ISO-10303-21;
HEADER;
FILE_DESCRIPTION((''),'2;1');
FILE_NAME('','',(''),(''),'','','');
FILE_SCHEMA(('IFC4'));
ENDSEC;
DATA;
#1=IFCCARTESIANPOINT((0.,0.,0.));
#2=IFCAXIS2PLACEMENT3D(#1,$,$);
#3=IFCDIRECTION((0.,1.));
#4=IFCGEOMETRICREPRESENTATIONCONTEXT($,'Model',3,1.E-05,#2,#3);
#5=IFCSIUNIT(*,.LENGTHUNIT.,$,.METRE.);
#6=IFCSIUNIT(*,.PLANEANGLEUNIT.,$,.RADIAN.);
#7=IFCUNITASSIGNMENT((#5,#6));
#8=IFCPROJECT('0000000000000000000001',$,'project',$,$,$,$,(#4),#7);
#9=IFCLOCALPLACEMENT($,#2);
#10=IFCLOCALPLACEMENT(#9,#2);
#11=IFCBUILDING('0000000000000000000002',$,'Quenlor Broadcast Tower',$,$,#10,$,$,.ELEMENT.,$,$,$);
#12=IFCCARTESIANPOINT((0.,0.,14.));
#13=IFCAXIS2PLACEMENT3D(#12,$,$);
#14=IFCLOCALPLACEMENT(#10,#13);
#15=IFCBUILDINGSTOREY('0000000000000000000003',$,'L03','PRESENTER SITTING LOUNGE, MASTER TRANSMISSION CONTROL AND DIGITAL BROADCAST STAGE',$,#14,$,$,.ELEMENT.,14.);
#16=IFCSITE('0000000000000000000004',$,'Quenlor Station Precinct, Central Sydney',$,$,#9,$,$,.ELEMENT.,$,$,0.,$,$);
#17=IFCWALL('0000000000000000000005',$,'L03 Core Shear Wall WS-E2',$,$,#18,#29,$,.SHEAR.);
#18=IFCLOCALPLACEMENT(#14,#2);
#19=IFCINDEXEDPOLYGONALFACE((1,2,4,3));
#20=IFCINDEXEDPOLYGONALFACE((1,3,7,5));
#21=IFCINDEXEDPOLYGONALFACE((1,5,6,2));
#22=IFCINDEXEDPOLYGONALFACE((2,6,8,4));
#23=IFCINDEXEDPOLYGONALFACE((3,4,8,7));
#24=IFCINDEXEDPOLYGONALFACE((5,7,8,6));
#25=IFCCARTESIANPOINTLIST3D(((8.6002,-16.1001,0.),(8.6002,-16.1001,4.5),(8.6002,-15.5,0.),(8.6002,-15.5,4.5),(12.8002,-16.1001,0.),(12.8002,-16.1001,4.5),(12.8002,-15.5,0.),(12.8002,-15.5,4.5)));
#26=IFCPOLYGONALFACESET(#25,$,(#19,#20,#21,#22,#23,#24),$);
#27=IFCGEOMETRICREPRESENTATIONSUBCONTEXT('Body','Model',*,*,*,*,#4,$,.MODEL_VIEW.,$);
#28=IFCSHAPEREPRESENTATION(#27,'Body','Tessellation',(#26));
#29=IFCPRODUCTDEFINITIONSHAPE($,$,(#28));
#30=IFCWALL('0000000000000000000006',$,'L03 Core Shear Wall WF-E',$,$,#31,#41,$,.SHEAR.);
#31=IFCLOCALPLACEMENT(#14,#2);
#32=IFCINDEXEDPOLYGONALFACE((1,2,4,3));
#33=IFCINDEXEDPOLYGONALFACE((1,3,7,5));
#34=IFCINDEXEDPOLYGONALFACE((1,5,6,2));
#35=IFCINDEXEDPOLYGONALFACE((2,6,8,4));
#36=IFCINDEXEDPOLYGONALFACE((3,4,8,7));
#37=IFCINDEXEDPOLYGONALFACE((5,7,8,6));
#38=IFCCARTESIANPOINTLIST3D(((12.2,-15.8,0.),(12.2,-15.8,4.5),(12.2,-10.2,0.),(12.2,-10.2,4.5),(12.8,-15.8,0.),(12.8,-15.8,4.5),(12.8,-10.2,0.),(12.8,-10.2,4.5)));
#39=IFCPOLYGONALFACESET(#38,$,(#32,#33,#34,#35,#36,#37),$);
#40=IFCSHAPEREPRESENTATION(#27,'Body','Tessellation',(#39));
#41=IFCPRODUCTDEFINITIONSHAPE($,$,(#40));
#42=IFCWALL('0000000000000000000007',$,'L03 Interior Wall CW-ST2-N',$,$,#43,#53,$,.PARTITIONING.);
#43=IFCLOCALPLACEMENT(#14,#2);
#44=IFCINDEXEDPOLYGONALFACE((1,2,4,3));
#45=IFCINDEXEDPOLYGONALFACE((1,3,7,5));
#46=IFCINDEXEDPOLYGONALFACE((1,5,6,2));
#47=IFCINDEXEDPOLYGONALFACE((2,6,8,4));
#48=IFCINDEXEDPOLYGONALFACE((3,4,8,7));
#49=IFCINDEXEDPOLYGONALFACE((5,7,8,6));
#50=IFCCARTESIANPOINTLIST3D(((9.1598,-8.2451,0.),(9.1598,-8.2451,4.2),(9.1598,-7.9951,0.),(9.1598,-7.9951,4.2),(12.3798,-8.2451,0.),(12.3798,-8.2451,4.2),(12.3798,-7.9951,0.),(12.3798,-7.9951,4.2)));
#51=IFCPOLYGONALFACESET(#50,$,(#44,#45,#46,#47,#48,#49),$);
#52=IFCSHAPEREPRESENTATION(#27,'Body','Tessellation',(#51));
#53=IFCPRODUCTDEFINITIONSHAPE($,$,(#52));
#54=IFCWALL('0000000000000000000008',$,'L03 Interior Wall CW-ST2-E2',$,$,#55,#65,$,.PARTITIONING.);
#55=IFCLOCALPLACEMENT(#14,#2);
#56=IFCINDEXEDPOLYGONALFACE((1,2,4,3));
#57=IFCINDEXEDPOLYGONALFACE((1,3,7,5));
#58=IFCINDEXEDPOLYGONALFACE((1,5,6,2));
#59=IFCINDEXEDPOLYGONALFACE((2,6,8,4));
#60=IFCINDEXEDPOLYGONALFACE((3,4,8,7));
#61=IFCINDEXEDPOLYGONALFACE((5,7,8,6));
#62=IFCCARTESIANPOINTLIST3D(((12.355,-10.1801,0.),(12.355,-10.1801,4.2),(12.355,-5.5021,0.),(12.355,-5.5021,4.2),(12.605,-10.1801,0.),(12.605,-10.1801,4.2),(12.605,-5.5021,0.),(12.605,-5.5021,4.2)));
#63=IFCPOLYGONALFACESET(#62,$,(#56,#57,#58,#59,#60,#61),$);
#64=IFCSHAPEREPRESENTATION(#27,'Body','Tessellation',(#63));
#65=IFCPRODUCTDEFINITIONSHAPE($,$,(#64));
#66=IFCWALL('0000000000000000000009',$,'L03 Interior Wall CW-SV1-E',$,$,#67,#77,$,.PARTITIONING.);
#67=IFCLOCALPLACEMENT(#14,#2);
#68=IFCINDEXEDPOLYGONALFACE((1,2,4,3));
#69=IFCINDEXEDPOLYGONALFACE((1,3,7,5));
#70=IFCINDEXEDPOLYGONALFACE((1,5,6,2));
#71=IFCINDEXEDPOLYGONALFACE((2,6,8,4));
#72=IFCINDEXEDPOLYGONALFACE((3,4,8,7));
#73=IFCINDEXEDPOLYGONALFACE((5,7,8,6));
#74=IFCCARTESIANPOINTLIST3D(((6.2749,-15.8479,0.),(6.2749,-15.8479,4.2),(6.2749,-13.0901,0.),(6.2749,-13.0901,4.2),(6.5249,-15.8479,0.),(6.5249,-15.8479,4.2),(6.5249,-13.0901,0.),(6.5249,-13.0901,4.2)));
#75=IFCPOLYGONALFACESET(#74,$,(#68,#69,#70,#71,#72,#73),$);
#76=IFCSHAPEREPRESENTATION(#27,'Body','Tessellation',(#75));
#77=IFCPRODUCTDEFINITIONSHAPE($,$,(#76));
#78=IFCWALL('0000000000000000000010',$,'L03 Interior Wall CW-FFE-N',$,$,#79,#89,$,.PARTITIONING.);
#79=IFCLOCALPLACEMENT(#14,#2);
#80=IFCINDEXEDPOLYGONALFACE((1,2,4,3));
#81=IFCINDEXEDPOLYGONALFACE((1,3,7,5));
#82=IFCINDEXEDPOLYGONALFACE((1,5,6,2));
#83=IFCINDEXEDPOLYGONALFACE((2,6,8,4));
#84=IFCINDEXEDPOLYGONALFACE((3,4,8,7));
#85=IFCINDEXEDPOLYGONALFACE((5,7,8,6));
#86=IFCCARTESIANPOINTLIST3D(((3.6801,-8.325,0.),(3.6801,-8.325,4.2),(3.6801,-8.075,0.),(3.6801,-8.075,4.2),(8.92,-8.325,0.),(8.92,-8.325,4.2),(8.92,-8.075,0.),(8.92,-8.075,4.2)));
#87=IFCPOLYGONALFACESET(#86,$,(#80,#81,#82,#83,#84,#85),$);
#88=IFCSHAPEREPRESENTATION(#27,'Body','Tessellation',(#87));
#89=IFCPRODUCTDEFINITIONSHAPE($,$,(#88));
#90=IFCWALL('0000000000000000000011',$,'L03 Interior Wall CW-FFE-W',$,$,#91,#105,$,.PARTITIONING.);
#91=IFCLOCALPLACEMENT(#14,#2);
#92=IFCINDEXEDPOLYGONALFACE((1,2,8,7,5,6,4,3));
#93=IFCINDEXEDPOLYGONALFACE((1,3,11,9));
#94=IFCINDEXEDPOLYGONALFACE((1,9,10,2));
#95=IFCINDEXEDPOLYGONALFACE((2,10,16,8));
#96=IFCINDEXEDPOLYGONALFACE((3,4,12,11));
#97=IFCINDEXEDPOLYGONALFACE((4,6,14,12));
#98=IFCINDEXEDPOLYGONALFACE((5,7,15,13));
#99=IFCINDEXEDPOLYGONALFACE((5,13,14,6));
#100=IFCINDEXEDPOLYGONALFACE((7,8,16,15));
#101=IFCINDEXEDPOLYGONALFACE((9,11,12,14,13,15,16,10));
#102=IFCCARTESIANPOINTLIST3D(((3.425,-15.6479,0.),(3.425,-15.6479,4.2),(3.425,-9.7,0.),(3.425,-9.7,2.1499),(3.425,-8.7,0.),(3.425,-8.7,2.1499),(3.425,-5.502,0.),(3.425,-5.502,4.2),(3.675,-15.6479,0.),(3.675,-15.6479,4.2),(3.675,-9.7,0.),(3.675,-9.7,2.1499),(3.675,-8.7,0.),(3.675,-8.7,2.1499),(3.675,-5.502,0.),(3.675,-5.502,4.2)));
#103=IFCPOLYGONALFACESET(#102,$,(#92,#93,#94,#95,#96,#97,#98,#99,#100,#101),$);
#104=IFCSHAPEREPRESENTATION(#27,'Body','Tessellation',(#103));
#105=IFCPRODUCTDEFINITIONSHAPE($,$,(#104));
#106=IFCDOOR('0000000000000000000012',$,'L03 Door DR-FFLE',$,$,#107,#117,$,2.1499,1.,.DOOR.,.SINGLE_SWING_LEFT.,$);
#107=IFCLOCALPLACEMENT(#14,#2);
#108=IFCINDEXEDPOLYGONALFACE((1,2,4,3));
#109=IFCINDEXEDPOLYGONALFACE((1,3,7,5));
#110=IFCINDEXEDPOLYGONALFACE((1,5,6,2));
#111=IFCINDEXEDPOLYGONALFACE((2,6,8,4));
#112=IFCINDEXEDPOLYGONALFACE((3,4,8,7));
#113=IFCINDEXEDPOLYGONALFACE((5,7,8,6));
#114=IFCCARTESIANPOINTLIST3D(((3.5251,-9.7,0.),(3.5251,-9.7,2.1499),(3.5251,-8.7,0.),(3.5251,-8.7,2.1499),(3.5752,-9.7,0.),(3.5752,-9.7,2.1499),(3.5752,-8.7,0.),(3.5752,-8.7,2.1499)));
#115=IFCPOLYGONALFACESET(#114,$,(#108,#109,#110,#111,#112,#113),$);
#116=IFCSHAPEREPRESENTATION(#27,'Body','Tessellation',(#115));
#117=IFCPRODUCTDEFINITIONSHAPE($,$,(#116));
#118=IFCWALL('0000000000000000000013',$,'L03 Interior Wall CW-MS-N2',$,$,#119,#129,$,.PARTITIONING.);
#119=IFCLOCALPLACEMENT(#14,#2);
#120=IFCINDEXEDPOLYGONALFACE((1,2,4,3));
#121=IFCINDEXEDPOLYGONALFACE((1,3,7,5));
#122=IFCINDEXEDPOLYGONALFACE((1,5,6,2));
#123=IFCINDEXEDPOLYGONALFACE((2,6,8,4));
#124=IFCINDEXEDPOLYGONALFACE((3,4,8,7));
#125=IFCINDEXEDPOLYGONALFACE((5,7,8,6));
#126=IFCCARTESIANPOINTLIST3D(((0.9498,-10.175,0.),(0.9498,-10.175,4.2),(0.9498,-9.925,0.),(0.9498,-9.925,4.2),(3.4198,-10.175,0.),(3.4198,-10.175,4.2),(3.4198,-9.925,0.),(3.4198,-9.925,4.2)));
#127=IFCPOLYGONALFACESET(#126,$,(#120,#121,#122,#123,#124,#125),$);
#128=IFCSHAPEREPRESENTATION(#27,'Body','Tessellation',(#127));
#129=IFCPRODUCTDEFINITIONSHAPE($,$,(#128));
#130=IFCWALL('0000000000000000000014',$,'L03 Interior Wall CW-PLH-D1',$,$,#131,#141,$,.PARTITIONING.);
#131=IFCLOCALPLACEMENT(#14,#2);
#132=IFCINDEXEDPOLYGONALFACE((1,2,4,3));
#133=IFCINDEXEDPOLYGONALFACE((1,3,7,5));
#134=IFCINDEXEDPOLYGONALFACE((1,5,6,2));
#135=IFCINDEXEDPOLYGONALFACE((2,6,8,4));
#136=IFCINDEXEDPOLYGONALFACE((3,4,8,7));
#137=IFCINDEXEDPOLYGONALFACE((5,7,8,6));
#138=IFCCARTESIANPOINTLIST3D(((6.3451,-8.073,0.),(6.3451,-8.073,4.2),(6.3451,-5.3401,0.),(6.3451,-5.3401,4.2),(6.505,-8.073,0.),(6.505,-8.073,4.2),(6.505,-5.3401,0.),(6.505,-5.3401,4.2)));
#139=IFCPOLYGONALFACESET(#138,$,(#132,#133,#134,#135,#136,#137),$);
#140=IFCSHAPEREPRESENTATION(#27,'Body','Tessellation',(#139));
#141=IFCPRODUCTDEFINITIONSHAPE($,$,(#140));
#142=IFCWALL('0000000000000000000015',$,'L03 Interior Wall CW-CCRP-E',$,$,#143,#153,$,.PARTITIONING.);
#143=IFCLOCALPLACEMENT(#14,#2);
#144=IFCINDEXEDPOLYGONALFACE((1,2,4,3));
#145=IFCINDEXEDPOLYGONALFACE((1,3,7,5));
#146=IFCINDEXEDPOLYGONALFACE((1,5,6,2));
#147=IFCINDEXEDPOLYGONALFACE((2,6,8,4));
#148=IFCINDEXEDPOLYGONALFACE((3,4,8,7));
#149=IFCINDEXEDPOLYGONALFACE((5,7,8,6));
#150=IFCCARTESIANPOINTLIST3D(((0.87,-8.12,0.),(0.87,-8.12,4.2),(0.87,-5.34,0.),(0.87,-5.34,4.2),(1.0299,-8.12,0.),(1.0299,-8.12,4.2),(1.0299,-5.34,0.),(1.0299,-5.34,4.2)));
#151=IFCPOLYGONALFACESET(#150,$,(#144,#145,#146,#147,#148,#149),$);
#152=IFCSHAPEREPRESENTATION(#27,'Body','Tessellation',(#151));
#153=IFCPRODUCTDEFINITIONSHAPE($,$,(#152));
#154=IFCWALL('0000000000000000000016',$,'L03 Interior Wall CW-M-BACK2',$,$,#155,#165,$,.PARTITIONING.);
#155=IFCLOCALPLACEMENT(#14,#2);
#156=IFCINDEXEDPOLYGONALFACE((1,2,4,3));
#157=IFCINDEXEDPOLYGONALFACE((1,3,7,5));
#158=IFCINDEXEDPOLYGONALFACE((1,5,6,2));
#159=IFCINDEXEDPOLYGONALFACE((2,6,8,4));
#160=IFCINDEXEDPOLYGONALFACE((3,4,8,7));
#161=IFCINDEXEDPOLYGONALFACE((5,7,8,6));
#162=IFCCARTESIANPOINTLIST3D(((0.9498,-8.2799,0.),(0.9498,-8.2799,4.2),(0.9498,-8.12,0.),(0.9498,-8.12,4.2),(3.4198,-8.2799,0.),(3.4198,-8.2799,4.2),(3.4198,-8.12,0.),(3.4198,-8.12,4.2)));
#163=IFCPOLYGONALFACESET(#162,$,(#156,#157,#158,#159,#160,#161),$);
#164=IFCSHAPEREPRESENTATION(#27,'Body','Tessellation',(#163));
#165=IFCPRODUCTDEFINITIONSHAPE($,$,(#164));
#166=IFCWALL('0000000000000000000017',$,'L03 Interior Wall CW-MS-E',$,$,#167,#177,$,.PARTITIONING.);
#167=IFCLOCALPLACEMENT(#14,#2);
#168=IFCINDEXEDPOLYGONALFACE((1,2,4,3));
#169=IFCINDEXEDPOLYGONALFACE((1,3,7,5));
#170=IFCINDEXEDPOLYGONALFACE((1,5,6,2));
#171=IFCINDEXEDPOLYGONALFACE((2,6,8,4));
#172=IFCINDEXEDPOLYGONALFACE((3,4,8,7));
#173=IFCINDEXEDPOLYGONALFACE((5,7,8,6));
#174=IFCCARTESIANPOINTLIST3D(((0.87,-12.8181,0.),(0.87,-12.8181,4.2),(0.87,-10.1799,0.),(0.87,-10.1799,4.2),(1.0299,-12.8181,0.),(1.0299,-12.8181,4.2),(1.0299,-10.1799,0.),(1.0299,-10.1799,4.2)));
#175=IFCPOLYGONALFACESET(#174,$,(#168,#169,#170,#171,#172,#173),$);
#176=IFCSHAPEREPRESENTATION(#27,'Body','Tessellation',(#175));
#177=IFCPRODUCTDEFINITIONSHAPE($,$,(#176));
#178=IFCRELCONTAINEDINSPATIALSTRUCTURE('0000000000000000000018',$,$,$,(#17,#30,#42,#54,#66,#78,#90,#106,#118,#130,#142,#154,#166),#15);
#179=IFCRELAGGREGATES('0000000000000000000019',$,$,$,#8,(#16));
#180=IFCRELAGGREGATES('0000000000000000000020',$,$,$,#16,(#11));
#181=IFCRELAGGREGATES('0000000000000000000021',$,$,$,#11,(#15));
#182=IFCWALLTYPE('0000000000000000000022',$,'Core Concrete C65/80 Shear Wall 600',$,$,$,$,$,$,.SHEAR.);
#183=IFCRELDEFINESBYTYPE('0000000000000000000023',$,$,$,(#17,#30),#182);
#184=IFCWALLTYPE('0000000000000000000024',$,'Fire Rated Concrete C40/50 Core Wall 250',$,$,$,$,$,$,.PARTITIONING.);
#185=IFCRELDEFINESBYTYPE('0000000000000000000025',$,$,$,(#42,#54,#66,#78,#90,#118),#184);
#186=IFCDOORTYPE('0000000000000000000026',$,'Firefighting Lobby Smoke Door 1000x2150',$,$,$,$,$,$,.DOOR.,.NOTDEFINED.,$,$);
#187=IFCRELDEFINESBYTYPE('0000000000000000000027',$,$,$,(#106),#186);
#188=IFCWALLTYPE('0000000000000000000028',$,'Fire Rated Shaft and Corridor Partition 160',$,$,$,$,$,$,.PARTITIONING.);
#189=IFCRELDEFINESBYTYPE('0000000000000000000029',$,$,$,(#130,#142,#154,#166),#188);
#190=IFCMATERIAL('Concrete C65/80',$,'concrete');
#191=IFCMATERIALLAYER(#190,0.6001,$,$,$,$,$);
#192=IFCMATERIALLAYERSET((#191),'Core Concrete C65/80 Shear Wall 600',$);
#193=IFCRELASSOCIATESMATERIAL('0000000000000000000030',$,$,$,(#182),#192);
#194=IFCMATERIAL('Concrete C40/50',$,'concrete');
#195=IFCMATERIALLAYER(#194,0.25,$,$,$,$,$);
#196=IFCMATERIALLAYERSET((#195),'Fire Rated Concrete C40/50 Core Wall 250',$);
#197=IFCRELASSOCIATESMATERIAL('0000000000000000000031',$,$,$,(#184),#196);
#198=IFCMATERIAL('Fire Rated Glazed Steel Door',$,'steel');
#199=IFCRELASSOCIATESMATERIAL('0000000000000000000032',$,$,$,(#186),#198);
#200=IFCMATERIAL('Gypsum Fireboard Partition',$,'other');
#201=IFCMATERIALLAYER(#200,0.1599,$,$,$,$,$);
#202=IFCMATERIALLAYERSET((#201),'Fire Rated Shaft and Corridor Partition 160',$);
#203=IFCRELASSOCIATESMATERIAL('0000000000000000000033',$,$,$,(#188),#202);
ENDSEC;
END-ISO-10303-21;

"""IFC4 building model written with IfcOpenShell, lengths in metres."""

from ifc_helpers import new_model, si_unit, direction, frame, frame_2d, origin, place, context, subcontext, project, spatial, rectangle, extrude, material, layer, layer_set, type_object, element, fill, save


model = new_model("IFC4")

# Units and contexts
model_context = context("Model", 3, precision=1e-05, world=origin(), true_north=direction((0.0, 1.0)))
body_context = subcontext(model_context, "Body", "Model", "MODEL_VIEW")
ifc_project = project(units=[si_unit("LENGTHUNIT", "METRE"), si_unit("PLANEANGLEUNIT", "RADIAN")], contexts=[model_context])

# Site, building, storey
site_placement = place(None, origin())
site = spatial("IfcSite", under=ifc_project, at=site_placement, Name="Quenlor Station Precinct, Central Sydney", CompositionType="ELEMENT", RefElevation=0.0)
building_placement = place(site_placement, origin())
building = spatial("IfcBuilding", under=site, at=building_placement, Name="Quenlor Broadcast Tower", CompositionType="ELEMENT")
storey_placement = place(building_placement, frame((0.0, 0.0, 14.0)))
storey = spatial("IfcBuildingStorey", under=building, at=storey_placement, Name="L03", Description="PRESENTER SITTING LOUNGE, MASTER TRANSMISSION CONTROL AND DIGITAL BROADCAST STAGE", CompositionType="ELEMENT", Elevation=14.0)

# Walls
ifc_material_1 = material(Name="Concrete C65/80", Category="concrete")
ifc_layer_1 = layer(ifc_material_1, 0.6001)
ifc_layer_set_1 = layer_set([ifc_layer_1], Name="Core Concrete C65/80 Shear Wall 600")
wall_type_1 = type_object("IfcWallType", Name="Core Concrete C65/80 Shear Wall 600", PredefinedType="SHEAR", material=ifc_layer_set_1)
wall_1_placement = place(storey_placement, frame((8.6001, -15.8, 0.0), z_axis=(0.0, 0.0, 1.0), x_axis=(1.0, 0.0, 0.0)))
element("IfcWall", 1, at=wall_1_placement, inside=storey, type_object=wall_type_1, Name="L03 Core Shear Wall WS-E2", PredefinedType="SHEAR", context=body_context, shape_type="SweptSolid", body=[
    extrude(rectangle(XDim=4.2, YDim=0.6001, at=frame_2d((2.1001, 0.0))), origin(), (0.0, 0.0, 1.0), 4.5),
])
wall_2_placement = place(storey_placement, frame((12.5, -15.8, 0.0), z_axis=(0.0, 0.0, 1.0), x_axis=(0.0, 1.0, 0.0)))
element("IfcWall", 2, at=wall_2_placement, inside=storey, type_object=wall_type_1, Name="L03 Core Shear Wall WF-E", PredefinedType="SHEAR", context=body_context, shape_type="SweptSolid", body=[
    extrude(rectangle(XDim=5.6001, YDim=0.6001, at=frame_2d((2.8, 0.0))), origin(), (0.0, 0.0, 1.0), 4.5),
])

# Shared definitions
ifc_material_2 = material(Name="Concrete C40/50", Category="concrete")
ifc_layer_2 = layer(ifc_material_2, 0.25)
ifc_layer_set_2 = layer_set([ifc_layer_2], Name="Fire Rated Concrete C40/50 Core Wall 250")
wall_type_2 = type_object("IfcWallType", Name="Fire Rated Concrete C40/50 Core Wall 250", PredefinedType="PARTITIONING", material=ifc_layer_set_2)

# Walls
wall_3_placement = place(storey_placement, frame((9.1599, -8.1201, 0.0), z_axis=(0.0, 0.0, 1.0), x_axis=(1.0, 0.0, 0.0)))
element("IfcWall", 3, at=wall_3_placement, inside=storey, type_object=wall_type_2, Name="L03 Interior Wall CW-ST2-N", PredefinedType="PARTITIONING", context=body_context, shape_type="SweptSolid", body=[
    extrude(rectangle(XDim=3.22, YDim=0.25, at=frame_2d((1.6099, 0.0))), origin(), (0.0, 0.0, 1.0), 4.2),
])
wall_4_placement = place(storey_placement, frame((12.48, -10.1799, 0.0), z_axis=(0.0, 0.0, 1.0), x_axis=(0.0, 1.0, 0.0)))
element("IfcWall", 4, at=wall_4_placement, inside=storey, type_object=wall_type_2, Name="L03 Interior Wall CW-ST2-E2", PredefinedType="PARTITIONING", context=body_context, shape_type="SweptSolid", body=[
    extrude(rectangle(XDim=4.678, YDim=0.25, at=frame_2d((2.3389, 0.0))), origin(), (0.0, 0.0, 1.0), 4.2),
])

# Walls
wall_5_placement = place(storey_placement, frame((6.3999, -15.8479, 0.0), z_axis=(0.0, 0.0, 1.0), x_axis=(0.0, 1.0, 0.0)))
element("IfcWall", 5, at=wall_5_placement, inside=storey, type_object=wall_type_2, Name="L03 Interior Wall CW-SV1-E", PredefinedType="PARTITIONING", context=body_context, shape_type="SweptSolid", body=[
    extrude(rectangle(XDim=2.7578, YDim=0.25, at=frame_2d((1.3789, 0.0))), origin(), (0.0, 0.0, 1.0), 4.2),
])
wall_6_placement = place(storey_placement, frame((3.6799, -8.2, 0.0), z_axis=(0.0, 0.0, 1.0), x_axis=(1.0, 0.0, 0.0)))
element("IfcWall", 6, at=wall_6_placement, inside=storey, type_object=wall_type_2, Name="L03 Interior Wall CW-FFE-N", PredefinedType="PARTITIONING", context=body_context, shape_type="SweptSolid", body=[
    extrude(rectangle(XDim=5.24, YDim=0.25, at=frame_2d((2.6201, 0.0))), origin(), (0.0, 0.0, 1.0), 4.2),
])

# Wall, opening, door
wall_7_placement = place(storey_placement, frame((3.55, -15.6479, 0.0), z_axis=(0.0, 0.0, 1.0), x_axis=(0.0, 1.0, 0.0)))
wall_7 = element("IfcWall", 7, at=wall_7_placement, inside=storey, type_object=wall_type_2, Name="L03 Interior Wall CW-FFE-W", PredefinedType="PARTITIONING", context=body_context, shape_type="SweptSolid", body=[
    extrude(rectangle(XDim=10.146, YDim=0.25, at=frame_2d((5.073, 0.0))), origin(), (0.0, 0.0, 1.0), 4.2),
])
opening_1_placement = place(wall_7_placement, frame((5.948, 0.0, 0.0)))
opening_1 = element("IfcOpeningElement", 8, at=opening_1_placement, cuts=wall_7, PredefinedType="OPENING", context=body_context, shape_type="SweptSolid", body=[
    extrude(rectangle(XDim=1.0, YDim=2.1499, at=frame_2d((0.5, 1.075))), frame((0.0, 0.135, 0.0), z_axis=(0.0, -1.0, 0.0), x_axis=(1.0, 0.0, 0.0)), (0.0, 0.0, 1.0), 0.27),
])
ifc_material_3 = material(Name="Fire Rated Glazed Steel Door", Category="steel")
door_type_1 = type_object("IfcDoorType", Name="Firefighting Lobby Smoke Door 1000x2150", OperationType="NOTDEFINED", PredefinedType="DOOR", material=ifc_material_3)
door_1_placement = place(opening_1_placement, origin())
door_1 = element("IfcDoor", 9, at=door_1_placement, inside=storey, type_object=door_type_1, Name="L03 Door DR-FFLE", OperationType="SINGLE_SWING_LEFT", OverallHeight=2.1499, OverallWidth=1.0, PredefinedType="DOOR", context=body_context, shape_type="SweptSolid", body=[
    extrude(rectangle(XDim=1.0, YDim=2.1499, at=frame_2d((0.5, 1.075))), frame((0.0, 0.0249, 0.0), z_axis=(0.0, -1.0, 0.0), x_axis=(1.0, 0.0, 0.0)), (0.0, 0.0, 1.0), 0.05),
])
fill(opening_1, door_1)

# Walls
wall_8_placement = place(storey_placement, frame((0.95, -10.05, 0.0), z_axis=(0.0, 0.0, 1.0), x_axis=(1.0, 0.0, 0.0)))
element("IfcWall", 10, at=wall_8_placement, inside=storey, type_object=wall_type_2, Name="L03 Interior Wall CW-MS-N2", PredefinedType="PARTITIONING", context=body_context, shape_type="SweptSolid", body=[
    extrude(rectangle(XDim=2.47, YDim=0.25, at=frame_2d((1.2349, 0.0))), origin(), (0.0, 0.0, 1.0), 4.2),
])
ifc_material_4 = material(Name="Gypsum Fireboard Partition", Category="other")
ifc_layer_3 = layer(ifc_material_4, 0.1599)
ifc_layer_set_3 = layer_set([ifc_layer_3], Name="Fire Rated Shaft and Corridor Partition 160")
wall_type_3 = type_object("IfcWallType", Name="Fire Rated Shaft and Corridor Partition 160", PredefinedType="PARTITIONING", material=ifc_layer_set_3)
wall_9_placement = place(storey_placement, frame((6.425, -8.073, 0.0), z_axis=(0.0, 0.0, 1.0), x_axis=(0.0, 1.0, 0.0)))
element("IfcWall", 11, at=wall_9_placement, inside=storey, type_object=wall_type_3, Name="L03 Interior Wall CW-PLH-D1", PredefinedType="PARTITIONING", context=body_context, shape_type="SweptSolid", body=[
    extrude(rectangle(XDim=2.7329, YDim=0.1599, at=frame_2d((1.3665, 0.0))), origin(), (0.0, 0.0, 1.0), 4.2),
])
wall_10_placement = place(storey_placement, frame((0.95, -8.1201, 0.0), z_axis=(0.0, 0.0, 1.0), x_axis=(0.0, 1.0, 0.0)))
element("IfcWall", 12, at=wall_10_placement, inside=storey, type_object=wall_type_3, Name="L03 Interior Wall CW-CCRP-E", PredefinedType="PARTITIONING", context=body_context, shape_type="SweptSolid", body=[
    extrude(rectangle(XDim=2.78, YDim=0.1599, at=frame_2d((1.3901, 0.0))), origin(), (0.0, 0.0, 1.0), 4.2),
])
wall_11_placement = place(storey_placement, frame((0.95, -8.2, 0.0), z_axis=(0.0, 0.0, 1.0), x_axis=(1.0, 0.0, 0.0)))
element("IfcWall", 13, at=wall_11_placement, inside=storey, type_object=wall_type_3, Name="L03 Interior Wall CW-M-BACK2", PredefinedType="PARTITIONING", context=body_context, shape_type="SweptSolid", body=[
    extrude(rectangle(XDim=2.47, YDim=0.1599, at=frame_2d((1.2349, 0.0))), origin(), (0.0, 0.0, 1.0), 4.2),
])
wall_12_placement = place(storey_placement, frame((0.95, -12.8181, 0.0), z_axis=(0.0, 0.0, 1.0), x_axis=(0.0, 1.0, 0.0)))
element("IfcWall", 14, at=wall_12_placement, inside=storey, type_object=wall_type_3, Name="L03 Interior Wall CW-MS-E", PredefinedType="PARTITIONING", context=body_context, shape_type="SweptSolid", body=[
    extrude(rectangle(XDim=2.6382, YDim=0.1599, at=frame_2d((1.3191, 0.0))), origin(), (0.0, 0.0, 1.0), 4.2),
])

save(model, "model.ifc")
